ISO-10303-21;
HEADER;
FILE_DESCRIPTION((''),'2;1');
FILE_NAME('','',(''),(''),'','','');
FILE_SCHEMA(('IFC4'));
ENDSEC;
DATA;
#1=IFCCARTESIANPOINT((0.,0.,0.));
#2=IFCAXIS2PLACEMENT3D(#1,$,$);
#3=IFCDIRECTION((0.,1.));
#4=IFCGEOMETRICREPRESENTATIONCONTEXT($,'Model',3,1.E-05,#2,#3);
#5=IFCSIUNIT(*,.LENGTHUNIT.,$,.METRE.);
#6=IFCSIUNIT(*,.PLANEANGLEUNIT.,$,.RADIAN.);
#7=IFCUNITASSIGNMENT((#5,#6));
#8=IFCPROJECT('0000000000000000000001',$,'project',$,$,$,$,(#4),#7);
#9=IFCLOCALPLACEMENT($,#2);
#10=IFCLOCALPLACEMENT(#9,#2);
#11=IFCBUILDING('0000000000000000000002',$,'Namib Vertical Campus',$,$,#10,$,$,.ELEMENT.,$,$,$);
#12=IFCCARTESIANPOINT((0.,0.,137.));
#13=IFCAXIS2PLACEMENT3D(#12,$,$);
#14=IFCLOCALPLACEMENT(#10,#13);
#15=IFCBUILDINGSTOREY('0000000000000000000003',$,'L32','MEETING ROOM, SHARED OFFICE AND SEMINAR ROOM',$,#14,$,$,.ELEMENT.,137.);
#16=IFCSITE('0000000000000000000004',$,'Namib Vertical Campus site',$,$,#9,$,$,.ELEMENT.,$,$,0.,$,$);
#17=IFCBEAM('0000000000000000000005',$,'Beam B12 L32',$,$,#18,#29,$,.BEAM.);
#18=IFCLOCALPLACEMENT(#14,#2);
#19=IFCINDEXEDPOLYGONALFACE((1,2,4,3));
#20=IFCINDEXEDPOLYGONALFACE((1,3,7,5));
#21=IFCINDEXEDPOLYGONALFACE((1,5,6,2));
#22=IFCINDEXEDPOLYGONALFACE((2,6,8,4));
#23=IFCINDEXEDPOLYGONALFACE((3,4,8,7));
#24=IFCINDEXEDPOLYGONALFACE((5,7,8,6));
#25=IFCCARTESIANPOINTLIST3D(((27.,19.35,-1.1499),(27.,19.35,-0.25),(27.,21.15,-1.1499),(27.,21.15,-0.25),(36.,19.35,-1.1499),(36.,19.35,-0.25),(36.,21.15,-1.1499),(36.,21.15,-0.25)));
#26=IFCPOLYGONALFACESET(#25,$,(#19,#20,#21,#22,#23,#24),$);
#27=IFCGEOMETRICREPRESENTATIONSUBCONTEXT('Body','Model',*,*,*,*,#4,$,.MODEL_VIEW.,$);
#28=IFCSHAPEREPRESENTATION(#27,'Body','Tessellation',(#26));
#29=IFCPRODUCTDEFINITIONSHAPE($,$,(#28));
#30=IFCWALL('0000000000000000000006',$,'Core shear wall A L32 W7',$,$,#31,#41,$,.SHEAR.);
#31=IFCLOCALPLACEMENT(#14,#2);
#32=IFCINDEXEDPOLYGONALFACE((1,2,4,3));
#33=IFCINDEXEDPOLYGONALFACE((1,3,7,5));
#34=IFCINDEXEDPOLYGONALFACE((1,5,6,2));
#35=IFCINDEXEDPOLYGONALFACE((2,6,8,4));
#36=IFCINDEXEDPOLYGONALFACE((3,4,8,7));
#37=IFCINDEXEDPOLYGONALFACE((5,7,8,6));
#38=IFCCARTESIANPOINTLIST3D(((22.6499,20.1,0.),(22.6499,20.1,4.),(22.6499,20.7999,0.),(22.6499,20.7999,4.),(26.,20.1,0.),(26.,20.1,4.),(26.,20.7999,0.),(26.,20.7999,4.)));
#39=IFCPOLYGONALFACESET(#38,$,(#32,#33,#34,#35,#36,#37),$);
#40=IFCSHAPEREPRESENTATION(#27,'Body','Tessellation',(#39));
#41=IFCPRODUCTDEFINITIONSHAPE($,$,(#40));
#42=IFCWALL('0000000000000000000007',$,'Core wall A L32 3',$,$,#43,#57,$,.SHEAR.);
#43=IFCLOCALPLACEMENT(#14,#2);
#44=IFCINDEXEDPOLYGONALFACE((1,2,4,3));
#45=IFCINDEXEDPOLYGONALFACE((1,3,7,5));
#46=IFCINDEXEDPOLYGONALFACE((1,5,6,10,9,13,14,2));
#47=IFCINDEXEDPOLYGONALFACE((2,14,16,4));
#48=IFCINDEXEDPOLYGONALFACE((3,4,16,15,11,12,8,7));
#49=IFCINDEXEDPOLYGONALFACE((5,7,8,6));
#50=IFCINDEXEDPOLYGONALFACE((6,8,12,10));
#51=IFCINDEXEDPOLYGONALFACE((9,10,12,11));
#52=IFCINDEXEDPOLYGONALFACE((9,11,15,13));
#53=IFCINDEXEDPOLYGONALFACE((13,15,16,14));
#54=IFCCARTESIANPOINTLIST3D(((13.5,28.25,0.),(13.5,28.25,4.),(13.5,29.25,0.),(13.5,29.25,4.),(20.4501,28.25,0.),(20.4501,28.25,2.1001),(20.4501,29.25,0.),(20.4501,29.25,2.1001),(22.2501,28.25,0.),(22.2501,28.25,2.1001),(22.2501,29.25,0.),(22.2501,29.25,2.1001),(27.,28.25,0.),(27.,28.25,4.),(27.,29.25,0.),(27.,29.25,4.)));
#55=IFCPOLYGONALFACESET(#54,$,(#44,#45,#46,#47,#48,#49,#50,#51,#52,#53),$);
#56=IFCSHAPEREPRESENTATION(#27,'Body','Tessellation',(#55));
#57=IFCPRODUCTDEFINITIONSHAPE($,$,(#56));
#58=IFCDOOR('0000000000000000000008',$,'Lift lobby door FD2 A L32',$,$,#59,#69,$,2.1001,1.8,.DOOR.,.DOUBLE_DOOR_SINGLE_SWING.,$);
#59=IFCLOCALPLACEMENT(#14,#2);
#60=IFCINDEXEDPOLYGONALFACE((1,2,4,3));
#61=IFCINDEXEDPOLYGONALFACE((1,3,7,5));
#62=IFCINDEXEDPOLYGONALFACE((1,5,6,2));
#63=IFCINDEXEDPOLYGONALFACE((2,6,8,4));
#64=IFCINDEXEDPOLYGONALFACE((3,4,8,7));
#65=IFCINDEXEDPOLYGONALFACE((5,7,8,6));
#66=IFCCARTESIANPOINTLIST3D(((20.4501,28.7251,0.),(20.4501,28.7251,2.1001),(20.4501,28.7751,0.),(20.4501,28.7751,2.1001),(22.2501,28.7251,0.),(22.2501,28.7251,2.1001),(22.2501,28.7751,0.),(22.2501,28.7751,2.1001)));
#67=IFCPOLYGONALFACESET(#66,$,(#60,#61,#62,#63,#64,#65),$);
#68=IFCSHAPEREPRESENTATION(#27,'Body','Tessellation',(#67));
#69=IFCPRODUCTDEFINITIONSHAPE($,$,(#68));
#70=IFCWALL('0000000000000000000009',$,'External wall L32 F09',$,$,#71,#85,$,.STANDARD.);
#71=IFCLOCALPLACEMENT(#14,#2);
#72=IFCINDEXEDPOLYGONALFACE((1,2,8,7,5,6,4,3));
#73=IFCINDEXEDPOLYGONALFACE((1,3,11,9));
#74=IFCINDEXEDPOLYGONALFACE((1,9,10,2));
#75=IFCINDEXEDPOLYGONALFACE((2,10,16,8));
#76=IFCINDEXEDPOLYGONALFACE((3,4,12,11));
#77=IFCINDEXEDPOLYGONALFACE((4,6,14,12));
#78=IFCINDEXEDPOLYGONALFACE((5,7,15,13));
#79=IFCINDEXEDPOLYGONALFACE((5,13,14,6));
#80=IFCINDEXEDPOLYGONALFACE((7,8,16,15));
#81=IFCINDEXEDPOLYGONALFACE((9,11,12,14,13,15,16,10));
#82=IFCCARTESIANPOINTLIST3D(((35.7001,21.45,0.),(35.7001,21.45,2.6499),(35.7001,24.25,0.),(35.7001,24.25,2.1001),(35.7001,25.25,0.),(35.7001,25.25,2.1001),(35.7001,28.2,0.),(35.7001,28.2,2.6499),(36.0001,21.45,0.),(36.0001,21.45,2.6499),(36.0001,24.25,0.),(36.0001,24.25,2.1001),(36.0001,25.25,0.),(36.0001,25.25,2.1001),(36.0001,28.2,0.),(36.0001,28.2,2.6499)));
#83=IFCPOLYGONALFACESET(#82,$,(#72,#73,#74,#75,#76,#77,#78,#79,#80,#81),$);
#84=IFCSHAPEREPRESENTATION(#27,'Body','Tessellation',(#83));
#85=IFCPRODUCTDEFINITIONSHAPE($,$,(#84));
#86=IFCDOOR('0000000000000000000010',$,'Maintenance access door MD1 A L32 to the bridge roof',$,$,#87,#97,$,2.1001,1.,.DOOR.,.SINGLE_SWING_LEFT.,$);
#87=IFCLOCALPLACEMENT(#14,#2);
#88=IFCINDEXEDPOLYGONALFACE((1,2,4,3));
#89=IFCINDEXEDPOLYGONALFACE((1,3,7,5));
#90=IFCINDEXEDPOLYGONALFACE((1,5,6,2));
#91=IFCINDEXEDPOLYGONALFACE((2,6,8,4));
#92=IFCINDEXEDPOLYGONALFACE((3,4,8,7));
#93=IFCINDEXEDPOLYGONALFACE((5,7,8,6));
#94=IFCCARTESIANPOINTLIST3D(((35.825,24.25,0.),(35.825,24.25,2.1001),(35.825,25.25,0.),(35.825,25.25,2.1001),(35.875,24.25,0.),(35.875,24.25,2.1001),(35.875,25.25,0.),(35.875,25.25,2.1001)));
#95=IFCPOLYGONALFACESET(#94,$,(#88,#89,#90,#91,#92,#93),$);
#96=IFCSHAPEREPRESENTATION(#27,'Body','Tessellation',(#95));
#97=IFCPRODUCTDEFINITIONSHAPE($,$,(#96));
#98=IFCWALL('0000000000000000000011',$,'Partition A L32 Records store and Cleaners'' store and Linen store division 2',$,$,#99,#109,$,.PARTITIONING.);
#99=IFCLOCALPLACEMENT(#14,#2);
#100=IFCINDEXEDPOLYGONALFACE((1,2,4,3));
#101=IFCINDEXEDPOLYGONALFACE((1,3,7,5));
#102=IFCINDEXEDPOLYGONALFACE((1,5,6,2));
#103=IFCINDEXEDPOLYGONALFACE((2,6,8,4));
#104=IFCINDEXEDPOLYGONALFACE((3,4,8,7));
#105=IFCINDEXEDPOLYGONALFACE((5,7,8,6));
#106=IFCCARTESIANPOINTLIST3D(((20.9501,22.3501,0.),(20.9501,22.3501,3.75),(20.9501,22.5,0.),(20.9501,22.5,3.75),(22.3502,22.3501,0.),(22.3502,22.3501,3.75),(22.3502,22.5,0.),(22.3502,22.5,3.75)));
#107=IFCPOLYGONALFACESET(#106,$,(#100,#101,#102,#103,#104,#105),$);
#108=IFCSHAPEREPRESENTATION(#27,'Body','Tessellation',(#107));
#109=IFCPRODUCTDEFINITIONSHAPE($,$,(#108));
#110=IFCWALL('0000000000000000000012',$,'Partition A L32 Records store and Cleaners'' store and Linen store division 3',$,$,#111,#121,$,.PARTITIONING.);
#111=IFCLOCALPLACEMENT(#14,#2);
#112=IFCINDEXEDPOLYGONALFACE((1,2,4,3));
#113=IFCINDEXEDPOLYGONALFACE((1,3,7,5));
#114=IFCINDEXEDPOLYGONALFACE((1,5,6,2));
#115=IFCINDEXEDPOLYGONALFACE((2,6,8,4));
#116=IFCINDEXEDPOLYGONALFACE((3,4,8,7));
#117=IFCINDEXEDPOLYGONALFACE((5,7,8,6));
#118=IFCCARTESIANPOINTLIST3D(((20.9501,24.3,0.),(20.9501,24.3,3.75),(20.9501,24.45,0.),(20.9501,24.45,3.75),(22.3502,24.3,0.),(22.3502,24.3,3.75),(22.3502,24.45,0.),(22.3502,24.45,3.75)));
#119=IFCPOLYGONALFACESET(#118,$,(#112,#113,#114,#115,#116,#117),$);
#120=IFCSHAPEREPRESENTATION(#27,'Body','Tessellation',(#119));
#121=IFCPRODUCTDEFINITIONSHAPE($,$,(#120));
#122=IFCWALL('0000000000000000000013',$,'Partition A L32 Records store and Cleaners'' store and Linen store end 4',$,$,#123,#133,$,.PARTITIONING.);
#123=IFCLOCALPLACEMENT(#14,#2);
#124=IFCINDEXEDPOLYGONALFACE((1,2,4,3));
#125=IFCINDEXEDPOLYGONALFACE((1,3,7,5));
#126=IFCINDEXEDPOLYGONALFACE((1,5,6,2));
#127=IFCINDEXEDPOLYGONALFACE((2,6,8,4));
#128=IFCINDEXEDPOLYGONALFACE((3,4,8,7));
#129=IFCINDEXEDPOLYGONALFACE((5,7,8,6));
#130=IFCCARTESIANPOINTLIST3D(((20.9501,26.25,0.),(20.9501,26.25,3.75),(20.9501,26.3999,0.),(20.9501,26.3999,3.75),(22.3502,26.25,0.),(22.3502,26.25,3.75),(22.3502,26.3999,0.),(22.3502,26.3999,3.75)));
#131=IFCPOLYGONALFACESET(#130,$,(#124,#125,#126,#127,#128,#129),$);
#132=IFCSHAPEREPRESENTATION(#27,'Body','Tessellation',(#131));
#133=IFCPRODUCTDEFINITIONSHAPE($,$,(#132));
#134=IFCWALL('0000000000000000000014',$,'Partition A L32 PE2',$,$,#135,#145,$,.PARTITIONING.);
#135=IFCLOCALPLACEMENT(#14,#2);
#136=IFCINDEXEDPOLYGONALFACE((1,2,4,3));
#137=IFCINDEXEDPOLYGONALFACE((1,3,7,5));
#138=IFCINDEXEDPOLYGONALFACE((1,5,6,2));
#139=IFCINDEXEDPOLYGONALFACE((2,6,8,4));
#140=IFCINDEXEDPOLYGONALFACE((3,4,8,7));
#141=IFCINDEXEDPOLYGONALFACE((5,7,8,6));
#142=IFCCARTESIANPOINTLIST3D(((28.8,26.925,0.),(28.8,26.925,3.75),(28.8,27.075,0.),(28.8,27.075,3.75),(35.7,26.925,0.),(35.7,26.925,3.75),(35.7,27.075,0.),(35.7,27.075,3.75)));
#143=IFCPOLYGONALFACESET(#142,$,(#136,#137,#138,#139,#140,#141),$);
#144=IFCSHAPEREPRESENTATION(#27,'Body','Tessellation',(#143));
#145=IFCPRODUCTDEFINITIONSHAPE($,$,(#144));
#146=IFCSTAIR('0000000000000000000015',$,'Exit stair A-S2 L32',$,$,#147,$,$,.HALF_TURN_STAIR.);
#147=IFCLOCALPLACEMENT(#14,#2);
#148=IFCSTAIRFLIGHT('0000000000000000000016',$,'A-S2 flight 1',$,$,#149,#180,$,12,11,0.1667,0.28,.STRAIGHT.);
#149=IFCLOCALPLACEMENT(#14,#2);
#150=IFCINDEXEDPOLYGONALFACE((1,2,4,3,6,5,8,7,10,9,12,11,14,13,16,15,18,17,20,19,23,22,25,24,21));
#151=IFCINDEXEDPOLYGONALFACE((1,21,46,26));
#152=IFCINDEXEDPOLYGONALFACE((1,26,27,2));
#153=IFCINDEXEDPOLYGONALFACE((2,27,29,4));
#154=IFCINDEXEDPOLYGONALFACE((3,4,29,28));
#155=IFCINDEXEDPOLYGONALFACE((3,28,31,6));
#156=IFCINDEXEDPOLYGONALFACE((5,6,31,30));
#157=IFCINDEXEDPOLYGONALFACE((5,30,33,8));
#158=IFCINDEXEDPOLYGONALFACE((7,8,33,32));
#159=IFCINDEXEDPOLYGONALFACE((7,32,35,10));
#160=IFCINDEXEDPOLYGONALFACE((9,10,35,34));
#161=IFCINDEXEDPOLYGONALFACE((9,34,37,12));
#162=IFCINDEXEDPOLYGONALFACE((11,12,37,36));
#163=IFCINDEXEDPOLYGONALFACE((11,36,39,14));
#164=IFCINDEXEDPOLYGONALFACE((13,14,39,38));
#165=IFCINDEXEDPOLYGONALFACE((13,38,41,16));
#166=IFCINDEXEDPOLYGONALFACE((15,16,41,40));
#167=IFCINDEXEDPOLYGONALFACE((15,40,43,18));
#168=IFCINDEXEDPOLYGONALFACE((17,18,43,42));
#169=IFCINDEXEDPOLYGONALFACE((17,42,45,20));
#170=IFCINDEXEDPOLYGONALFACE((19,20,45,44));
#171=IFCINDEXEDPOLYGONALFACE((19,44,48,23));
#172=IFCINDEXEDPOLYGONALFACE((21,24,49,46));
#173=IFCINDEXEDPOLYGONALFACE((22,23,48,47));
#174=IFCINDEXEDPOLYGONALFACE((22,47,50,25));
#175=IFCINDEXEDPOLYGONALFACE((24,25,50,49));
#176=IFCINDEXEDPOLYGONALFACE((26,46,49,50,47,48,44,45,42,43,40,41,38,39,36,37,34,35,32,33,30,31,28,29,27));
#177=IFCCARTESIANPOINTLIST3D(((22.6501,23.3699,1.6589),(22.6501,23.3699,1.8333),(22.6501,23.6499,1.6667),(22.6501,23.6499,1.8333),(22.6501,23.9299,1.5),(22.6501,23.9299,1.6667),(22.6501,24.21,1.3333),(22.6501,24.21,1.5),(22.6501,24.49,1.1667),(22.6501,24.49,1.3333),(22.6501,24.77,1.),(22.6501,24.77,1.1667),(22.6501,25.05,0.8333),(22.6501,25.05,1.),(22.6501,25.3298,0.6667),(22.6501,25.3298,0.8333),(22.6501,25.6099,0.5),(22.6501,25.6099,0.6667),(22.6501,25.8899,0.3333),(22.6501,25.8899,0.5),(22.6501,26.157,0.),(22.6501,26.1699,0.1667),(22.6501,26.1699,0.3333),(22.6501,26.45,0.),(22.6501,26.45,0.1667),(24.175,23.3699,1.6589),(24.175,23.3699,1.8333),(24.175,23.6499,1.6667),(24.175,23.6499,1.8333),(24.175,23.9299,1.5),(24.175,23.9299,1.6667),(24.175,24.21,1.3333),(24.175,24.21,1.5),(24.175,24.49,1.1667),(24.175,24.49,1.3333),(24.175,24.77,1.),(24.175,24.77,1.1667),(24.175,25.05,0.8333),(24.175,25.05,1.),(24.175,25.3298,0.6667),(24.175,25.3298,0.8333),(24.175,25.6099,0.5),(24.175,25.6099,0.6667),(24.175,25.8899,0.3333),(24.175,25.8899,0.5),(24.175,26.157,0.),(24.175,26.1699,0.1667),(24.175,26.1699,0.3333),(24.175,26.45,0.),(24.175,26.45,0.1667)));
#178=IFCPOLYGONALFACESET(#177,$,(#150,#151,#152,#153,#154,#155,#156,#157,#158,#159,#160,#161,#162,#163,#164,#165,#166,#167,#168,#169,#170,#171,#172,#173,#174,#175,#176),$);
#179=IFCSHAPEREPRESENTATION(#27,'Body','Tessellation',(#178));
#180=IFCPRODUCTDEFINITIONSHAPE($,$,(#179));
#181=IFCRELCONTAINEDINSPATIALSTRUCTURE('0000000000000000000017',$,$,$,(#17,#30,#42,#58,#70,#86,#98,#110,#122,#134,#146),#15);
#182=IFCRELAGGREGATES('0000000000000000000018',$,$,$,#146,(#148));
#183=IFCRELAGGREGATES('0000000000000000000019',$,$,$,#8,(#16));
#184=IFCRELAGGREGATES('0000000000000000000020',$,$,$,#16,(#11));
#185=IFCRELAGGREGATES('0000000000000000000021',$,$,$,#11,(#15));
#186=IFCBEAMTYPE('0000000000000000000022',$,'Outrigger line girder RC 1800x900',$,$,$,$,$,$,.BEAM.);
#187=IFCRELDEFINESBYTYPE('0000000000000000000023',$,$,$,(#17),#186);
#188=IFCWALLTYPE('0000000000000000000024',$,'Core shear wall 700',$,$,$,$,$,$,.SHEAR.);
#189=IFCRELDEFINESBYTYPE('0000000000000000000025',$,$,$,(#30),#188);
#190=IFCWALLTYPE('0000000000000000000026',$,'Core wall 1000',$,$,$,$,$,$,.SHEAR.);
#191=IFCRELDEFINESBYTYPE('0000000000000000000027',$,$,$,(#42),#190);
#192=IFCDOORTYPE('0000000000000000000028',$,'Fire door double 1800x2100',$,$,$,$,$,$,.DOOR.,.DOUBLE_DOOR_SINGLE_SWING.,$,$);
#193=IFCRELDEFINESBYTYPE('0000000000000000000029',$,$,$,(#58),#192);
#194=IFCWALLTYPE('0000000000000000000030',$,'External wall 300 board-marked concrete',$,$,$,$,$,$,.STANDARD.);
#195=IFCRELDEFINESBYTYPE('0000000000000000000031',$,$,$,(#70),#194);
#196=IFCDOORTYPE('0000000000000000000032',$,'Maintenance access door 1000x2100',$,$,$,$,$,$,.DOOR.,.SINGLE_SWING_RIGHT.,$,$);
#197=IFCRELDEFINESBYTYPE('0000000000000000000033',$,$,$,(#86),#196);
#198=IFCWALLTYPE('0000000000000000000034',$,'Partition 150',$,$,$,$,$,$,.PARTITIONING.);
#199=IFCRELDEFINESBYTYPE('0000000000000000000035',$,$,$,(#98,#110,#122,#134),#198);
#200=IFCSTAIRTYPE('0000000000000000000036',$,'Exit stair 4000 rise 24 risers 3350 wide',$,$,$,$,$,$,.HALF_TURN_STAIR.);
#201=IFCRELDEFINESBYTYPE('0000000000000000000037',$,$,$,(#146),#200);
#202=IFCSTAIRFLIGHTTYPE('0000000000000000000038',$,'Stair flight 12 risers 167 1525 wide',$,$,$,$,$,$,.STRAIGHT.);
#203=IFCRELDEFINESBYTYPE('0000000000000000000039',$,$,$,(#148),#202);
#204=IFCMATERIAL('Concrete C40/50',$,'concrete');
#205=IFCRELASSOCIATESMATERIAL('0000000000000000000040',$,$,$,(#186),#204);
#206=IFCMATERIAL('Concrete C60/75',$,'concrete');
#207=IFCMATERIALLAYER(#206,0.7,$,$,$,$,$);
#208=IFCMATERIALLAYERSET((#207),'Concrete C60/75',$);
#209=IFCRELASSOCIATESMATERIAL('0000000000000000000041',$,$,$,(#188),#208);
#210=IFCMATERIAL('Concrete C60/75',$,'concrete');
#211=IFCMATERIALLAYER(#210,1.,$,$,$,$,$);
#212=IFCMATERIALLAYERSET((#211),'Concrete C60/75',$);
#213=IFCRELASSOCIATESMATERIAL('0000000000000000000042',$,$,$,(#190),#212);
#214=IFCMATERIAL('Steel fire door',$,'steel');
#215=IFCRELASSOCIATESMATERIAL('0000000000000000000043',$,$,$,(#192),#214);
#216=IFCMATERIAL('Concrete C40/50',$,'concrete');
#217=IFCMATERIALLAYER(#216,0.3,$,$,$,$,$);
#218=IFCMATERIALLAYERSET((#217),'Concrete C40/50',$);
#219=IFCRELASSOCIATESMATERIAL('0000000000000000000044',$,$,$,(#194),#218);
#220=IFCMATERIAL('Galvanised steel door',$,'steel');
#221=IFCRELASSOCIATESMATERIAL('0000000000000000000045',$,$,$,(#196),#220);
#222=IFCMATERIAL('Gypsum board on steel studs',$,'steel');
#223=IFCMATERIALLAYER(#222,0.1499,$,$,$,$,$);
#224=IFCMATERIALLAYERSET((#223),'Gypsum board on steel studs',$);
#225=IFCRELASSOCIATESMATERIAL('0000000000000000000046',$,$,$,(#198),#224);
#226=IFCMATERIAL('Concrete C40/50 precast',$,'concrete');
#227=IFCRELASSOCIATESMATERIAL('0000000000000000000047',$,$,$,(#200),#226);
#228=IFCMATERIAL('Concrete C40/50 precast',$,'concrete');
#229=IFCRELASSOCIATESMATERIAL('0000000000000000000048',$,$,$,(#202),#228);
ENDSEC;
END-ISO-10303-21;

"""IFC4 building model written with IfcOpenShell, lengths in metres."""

from ifc_helpers import new_model, si_unit, direction, frame, frame_2d, origin, origin_2d, place, context, subcontext, project, spatial, polyline, rectangle, outline, extrude, material, layer, layer_set, material_profile, profile_set, type_object, element, fill, aggregate, save


model = new_model("IFC4")

# Units and contexts
model_context = context("Model", 3, precision=1e-05, world=origin(), true_north=direction((0.0, 1.0)))
body_context = subcontext(model_context, "Body", "Model", "MODEL_VIEW")
ifc_project = project(units=[si_unit("LENGTHUNIT", "METRE"), si_unit("PLANEANGLEUNIT", "RADIAN")], contexts=[model_context])

# Site, building, storey
site_placement = place(None, origin())
site = spatial("IfcSite", under=ifc_project, at=site_placement, Name="Namib Vertical Campus site", CompositionType="ELEMENT", RefElevation=0.0)
building_placement = place(site_placement, origin())
building = spatial("IfcBuilding", under=site, at=building_placement, Name="Namib Vertical Campus", CompositionType="ELEMENT")
storey_placement = place(building_placement, frame((0.0, 0.0, 137.0)))
storey = spatial("IfcBuildingStorey", under=building, at=storey_placement, Name="L32", Description="MEETING ROOM, SHARED OFFICE AND SEMINAR ROOM", CompositionType="ELEMENT", Elevation=137.0)

# Beam
ifc_material_1 = material(Name="Concrete C40/50", Category="concrete")
ifc_material_profile_1 = material_profile(ifc_material_1, rectangle(XDim=1.8, YDim=0.8999, at=origin_2d()))
ifc_profile_set_1 = profile_set([ifc_material_profile_1], Name="Concrete C40/50")
beam_type_1 = type_object("IfcBeamType", Name="Outrigger line girder RC 1800x900", PredefinedType="BEAM", material=ifc_profile_set_1)
beam_1_placement = place(storey_placement, frame((36.0, 20.25, -0.7), z_axis=(-1.0, 0.0, 0.0), x_axis=(0.0, -1.0, 0.0)))
element("IfcBeam", 1, at=beam_1_placement, inside=storey, type_object=beam_type_1, Name="Beam B12 L32", PredefinedType="BEAM", context=body_context, shape_type="SweptSolid", body=[
    extrude(rectangle(XDim=1.8, YDim=0.8999, at=origin_2d()), origin(), (0.0, 0.0, 1.0), 9.0),
])

# Wall
ifc_material_2 = material(Name="Concrete C60/75", Category="concrete")
ifc_layer_1 = layer(ifc_material_2, 0.7)
ifc_layer_set_1 = layer_set([ifc_layer_1], Name="Concrete C60/75")
wall_type_1 = type_object("IfcWallType", Name="Core shear wall 700", PredefinedType="SHEAR", material=ifc_layer_set_1)
wall_1_placement = place(storey_placement, frame((22.6499, 20.45, 0.0), z_axis=(0.0, 0.0, 1.0), x_axis=(1.0, 0.0, 0.0)))
element("IfcWall", 2, at=wall_1_placement, inside=storey, type_object=wall_type_1, Name="Core shear wall A L32 W7", PredefinedType="SHEAR", context=body_context, shape_type="SweptSolid", body=[
    extrude(rectangle(XDim=3.3501, YDim=0.7, at=frame_2d((1.675, 0.0))), origin(), (0.0, 0.0, 1.0), 4.0),
])

# Walls, openings, doors
ifc_material_3 = material(Name="Concrete C60/75", Category="concrete")
ifc_layer_2 = layer(ifc_material_3, 1.0)
ifc_layer_set_2 = layer_set([ifc_layer_2], Name="Concrete C60/75")
wall_type_2 = type_object("IfcWallType", Name="Core wall 1000", PredefinedType="SHEAR", material=ifc_layer_set_2)
wall_2_placement = place(storey_placement, frame((27.0, 28.75, 0.0), z_axis=(0.0, 0.0, 1.0), x_axis=(-1.0, 0.0, 0.0)))
wall_2 = element("IfcWall", 3, at=wall_2_placement, inside=storey, type_object=wall_type_2, Name="Core wall A L32 3", PredefinedType="SHEAR", context=body_context, shape_type="SweptSolid", body=[
    extrude(rectangle(XDim=13.5, YDim=1.0, at=frame_2d((6.75, 0.0))), origin(), (0.0, 0.0, 1.0), 4.0),
])
opening_1_placement = place(wall_2_placement, frame((4.75, 0.0, 0.0)))
opening_1 = element("IfcOpeningElement", 4, at=opening_1_placement, cuts=wall_2, PredefinedType="OPENING", context=body_context, shape_type="SweptSolid", body=[
    extrude(rectangle(XDim=1.8, YDim=2.1001, at=frame_2d((0.8999, 1.05))), frame((0.0, 0.51, 0.0), z_axis=(0.0, -1.0, 0.0), x_axis=(1.0, 0.0, 0.0)), (0.0, 0.0, 1.0), 1.02),
])
ifc_material_4 = material(Name="Steel fire door", Category="steel")
door_type_1 = type_object("IfcDoorType", Name="Fire door double 1800x2100", OperationType="DOUBLE_DOOR_SINGLE_SWING", PredefinedType="DOOR", material=ifc_material_4)
door_1_placement = place(opening_1_placement, origin())
door_1 = element("IfcDoor", 5, at=door_1_placement, inside=storey, type_object=door_type_1, Name="Lift lobby door FD2 A L32", OperationType="DOUBLE_DOOR_SINGLE_SWING", OverallHeight=2.1001, OverallWidth=1.8, PredefinedType="DOOR", context=body_context, shape_type="SweptSolid", body=[
    extrude(rectangle(XDim=1.8, YDim=2.1001, at=frame_2d((0.8999, 1.05))), frame((0.0, 0.0249, 0.0), z_axis=(0.0, -1.0, 0.0), x_axis=(1.0, 0.0, 0.0)), (0.0, 0.0, 1.0), 0.05),
])
fill(opening_1, door_1)
ifc_material_5 = material(Name="Concrete C40/50", Category="concrete")
ifc_layer_3 = layer(ifc_material_5, 0.3)
ifc_layer_set_3 = layer_set([ifc_layer_3], Name="Concrete C40/50")
wall_type_3 = type_object("IfcWallType", Name="External wall 300 board-marked concrete", PredefinedType="STANDARD", material=ifc_layer_set_3)
wall_3_placement = place(storey_placement, frame((35.8501, 21.45, 0.0), z_axis=(0.0, 0.0, 1.0), x_axis=(0.0, 1.0, 0.0)))
wall_3 = element("IfcWall", 6, at=wall_3_placement, inside=storey, type_object=wall_type_3, Name="External wall L32 F09", PredefinedType="STANDARD", context=body_context, shape_type="SweptSolid", body=[
    extrude(rectangle(XDim=6.75, YDim=0.3, at=frame_2d((3.375, 0.0))), origin(), (0.0, 0.0, 1.0), 2.6499),
])
opening_2_placement = place(wall_3_placement, frame((2.8, 0.0, 0.0)))
opening_2 = element("IfcOpeningElement", 7, at=opening_2_placement, cuts=wall_3, PredefinedType="OPENING", context=body_context, shape_type="SweptSolid", body=[
    extrude(rectangle(XDim=1.0, YDim=2.1001, at=frame_2d((0.5, 1.05))), frame((0.0, 0.1599, 0.0), z_axis=(0.0, -1.0, 0.0), x_axis=(1.0, 0.0, 0.0)), (0.0, 0.0, 1.0), 0.3201),
])
ifc_material_6 = material(Name="Galvanised steel door", Category="steel")
door_type_2 = type_object("IfcDoorType", Name="Maintenance access door 1000x2100", OperationType="SINGLE_SWING_RIGHT", PredefinedType="DOOR", material=ifc_material_6)
door_2_placement = place(opening_2_placement, frame((1.0, 0.0, 0.0), z_axis=(0.0, 0.0, 1.0), x_axis=(-1.0, 0.0, 0.0)))
door_2 = element("IfcDoor", 8, at=door_2_placement, inside=storey, type_object=door_type_2, Name="Maintenance access door MD1 A L32 to the bridge roof", OperationType="SINGLE_SWING_LEFT", OverallHeight=2.1001, OverallWidth=1.0, PredefinedType="DOOR", context=body_context, shape_type="SweptSolid", body=[
    extrude(rectangle(XDim=1.0, YDim=2.1001, at=frame_2d((0.5, 1.05))), frame((0.0, 0.0249, 0.0), z_axis=(0.0, -1.0, 0.0), x_axis=(1.0, 0.0, 0.0)), (0.0, 0.0, 1.0), 0.05),
])
fill(opening_2, door_2)

# Walls
ifc_material_7 = material(Name="Gypsum board on steel studs", Category="steel")
ifc_layer_4 = layer(ifc_material_7, 0.1499)
ifc_layer_set_4 = layer_set([ifc_layer_4], Name="Gypsum board on steel studs")
wall_type_4 = type_object("IfcWallType", Name="Partition 150", PredefinedType="PARTITIONING", material=ifc_layer_set_4)
for number, where, z_axis, x_axis, name in (
    (9, (20.95, 22.425, 0.0), (0.0, 0.0, 1.0), (1.0, 0.0, 0.0), "Partition A L32 Records store and Cleaners' store and Linen store division 2"),
    (10, (20.95, 24.375, 0.0), (0.0, 0.0, 1.0), (1.0, 0.0, 0.0), "Partition A L32 Records store and Cleaners' store and Linen store division 3"),
    (11, (20.95, 26.325, 0.0), (0.0, 0.0, 1.0), (1.0, 0.0, 0.0), "Partition A L32 Records store and Cleaners' store and Linen store end 4"),
):
    element("IfcWall", number, at=place(storey_placement, frame(where, z_axis=z_axis, x_axis=x_axis)), inside=storey, type_object=wall_type_4, Name=name, PredefinedType="PARTITIONING", context=body_context, shape_type="SweptSolid", body=[
        extrude(rectangle(XDim=1.4001, YDim=0.1499, at=frame_2d((0.7002, 0.0))), origin(), (0.0, 0.0, 1.0), 3.75),
    ])
wall_4_placement = place(storey_placement, frame((28.8, 27.0, 0.0), z_axis=(0.0, 0.0, 1.0), x_axis=(1.0, 0.0, 0.0)))
element("IfcWall", 12, at=wall_4_placement, inside=storey, type_object=wall_type_4, Name="Partition A L32 PE2", PredefinedType="PARTITIONING", context=body_context, shape_type="SweptSolid", body=[
    extrude(rectangle(XDim=6.8999, YDim=0.1499, at=frame_2d((3.45, 0.0))), origin(), (0.0, 0.0, 1.0), 3.75),
])

# Stair, stair flight
ifc_material_8 = material(Name="Concrete C40/50 precast", Category="concrete")
stair_type = type_object("IfcStairType", Name="Exit stair 4000 rise 24 risers 3350 wide", PredefinedType="HALF_TURN_STAIR", material=ifc_material_8)
stair_placement = place(storey_placement, origin())
stair = element("IfcStair", 13, at=stair_placement, inside=storey, type_object=stair_type, Name="Exit stair A-S2 L32", PredefinedType="HALF_TURN_STAIR")
ifc_material_9 = material(Name="Concrete C40/50 precast", Category="concrete")
stair_flight_type = type_object("IfcStairFlightType", Name="Stair flight 12 risers 167 1525 wide", PredefinedType="STRAIGHT", material=ifc_material_9)
stair_flight_1_placement = place(storey_placement, frame((23.4126, 26.45, 0.0), z_axis=(0.0, 0.0, 1.0), x_axis=(0.0, -1.0, 0.0)))
stair_flight_1 = element("IfcStairFlight", 14, at=stair_flight_1_placement, type_object=stair_flight_type, Name="A-S2 flight 1", NumberOfRisers=12, NumberOfTreads=11, PredefinedType="STRAIGHT", RiserHeight=0.1667, TreadLength=0.28, context=body_context, shape_type="SweptSolid", body=[
    extrude(outline(polyline([(0.0, 0.0), (0.0, 0.1667), (0.28, 0.1667), (0.28, 0.3333), (0.5601, 0.3333), (0.5601, 0.5), (0.8401, 0.5), (0.8401, 0.6667), (1.1201, 0.6667), (1.1201, 0.8333), (1.3999, 0.8333), (1.3999, 1.0), (1.6799, 1.0), (1.6799, 1.1667), (1.96, 1.1667), (1.96, 1.3333), (2.24, 1.3333), (2.24, 1.5), (2.52, 1.5), (2.52, 1.6667), (2.8, 1.6667), (2.8, 1.8333), (3.0801, 1.8333), (3.0801, 2.0), (3.0801, 1.6589), (0.293, 0.0), (0.0, 0.0)])), frame((0.0, 0.7625, 0.0), z_axis=(0.0, -1.0, 0.0), x_axis=(1.0, 0.0, 0.0)), (0.0, 0.0, 1.0), 1.5249),
])
aggregate(stair, [stair_flight_1])

save(model, "model.ifc")
